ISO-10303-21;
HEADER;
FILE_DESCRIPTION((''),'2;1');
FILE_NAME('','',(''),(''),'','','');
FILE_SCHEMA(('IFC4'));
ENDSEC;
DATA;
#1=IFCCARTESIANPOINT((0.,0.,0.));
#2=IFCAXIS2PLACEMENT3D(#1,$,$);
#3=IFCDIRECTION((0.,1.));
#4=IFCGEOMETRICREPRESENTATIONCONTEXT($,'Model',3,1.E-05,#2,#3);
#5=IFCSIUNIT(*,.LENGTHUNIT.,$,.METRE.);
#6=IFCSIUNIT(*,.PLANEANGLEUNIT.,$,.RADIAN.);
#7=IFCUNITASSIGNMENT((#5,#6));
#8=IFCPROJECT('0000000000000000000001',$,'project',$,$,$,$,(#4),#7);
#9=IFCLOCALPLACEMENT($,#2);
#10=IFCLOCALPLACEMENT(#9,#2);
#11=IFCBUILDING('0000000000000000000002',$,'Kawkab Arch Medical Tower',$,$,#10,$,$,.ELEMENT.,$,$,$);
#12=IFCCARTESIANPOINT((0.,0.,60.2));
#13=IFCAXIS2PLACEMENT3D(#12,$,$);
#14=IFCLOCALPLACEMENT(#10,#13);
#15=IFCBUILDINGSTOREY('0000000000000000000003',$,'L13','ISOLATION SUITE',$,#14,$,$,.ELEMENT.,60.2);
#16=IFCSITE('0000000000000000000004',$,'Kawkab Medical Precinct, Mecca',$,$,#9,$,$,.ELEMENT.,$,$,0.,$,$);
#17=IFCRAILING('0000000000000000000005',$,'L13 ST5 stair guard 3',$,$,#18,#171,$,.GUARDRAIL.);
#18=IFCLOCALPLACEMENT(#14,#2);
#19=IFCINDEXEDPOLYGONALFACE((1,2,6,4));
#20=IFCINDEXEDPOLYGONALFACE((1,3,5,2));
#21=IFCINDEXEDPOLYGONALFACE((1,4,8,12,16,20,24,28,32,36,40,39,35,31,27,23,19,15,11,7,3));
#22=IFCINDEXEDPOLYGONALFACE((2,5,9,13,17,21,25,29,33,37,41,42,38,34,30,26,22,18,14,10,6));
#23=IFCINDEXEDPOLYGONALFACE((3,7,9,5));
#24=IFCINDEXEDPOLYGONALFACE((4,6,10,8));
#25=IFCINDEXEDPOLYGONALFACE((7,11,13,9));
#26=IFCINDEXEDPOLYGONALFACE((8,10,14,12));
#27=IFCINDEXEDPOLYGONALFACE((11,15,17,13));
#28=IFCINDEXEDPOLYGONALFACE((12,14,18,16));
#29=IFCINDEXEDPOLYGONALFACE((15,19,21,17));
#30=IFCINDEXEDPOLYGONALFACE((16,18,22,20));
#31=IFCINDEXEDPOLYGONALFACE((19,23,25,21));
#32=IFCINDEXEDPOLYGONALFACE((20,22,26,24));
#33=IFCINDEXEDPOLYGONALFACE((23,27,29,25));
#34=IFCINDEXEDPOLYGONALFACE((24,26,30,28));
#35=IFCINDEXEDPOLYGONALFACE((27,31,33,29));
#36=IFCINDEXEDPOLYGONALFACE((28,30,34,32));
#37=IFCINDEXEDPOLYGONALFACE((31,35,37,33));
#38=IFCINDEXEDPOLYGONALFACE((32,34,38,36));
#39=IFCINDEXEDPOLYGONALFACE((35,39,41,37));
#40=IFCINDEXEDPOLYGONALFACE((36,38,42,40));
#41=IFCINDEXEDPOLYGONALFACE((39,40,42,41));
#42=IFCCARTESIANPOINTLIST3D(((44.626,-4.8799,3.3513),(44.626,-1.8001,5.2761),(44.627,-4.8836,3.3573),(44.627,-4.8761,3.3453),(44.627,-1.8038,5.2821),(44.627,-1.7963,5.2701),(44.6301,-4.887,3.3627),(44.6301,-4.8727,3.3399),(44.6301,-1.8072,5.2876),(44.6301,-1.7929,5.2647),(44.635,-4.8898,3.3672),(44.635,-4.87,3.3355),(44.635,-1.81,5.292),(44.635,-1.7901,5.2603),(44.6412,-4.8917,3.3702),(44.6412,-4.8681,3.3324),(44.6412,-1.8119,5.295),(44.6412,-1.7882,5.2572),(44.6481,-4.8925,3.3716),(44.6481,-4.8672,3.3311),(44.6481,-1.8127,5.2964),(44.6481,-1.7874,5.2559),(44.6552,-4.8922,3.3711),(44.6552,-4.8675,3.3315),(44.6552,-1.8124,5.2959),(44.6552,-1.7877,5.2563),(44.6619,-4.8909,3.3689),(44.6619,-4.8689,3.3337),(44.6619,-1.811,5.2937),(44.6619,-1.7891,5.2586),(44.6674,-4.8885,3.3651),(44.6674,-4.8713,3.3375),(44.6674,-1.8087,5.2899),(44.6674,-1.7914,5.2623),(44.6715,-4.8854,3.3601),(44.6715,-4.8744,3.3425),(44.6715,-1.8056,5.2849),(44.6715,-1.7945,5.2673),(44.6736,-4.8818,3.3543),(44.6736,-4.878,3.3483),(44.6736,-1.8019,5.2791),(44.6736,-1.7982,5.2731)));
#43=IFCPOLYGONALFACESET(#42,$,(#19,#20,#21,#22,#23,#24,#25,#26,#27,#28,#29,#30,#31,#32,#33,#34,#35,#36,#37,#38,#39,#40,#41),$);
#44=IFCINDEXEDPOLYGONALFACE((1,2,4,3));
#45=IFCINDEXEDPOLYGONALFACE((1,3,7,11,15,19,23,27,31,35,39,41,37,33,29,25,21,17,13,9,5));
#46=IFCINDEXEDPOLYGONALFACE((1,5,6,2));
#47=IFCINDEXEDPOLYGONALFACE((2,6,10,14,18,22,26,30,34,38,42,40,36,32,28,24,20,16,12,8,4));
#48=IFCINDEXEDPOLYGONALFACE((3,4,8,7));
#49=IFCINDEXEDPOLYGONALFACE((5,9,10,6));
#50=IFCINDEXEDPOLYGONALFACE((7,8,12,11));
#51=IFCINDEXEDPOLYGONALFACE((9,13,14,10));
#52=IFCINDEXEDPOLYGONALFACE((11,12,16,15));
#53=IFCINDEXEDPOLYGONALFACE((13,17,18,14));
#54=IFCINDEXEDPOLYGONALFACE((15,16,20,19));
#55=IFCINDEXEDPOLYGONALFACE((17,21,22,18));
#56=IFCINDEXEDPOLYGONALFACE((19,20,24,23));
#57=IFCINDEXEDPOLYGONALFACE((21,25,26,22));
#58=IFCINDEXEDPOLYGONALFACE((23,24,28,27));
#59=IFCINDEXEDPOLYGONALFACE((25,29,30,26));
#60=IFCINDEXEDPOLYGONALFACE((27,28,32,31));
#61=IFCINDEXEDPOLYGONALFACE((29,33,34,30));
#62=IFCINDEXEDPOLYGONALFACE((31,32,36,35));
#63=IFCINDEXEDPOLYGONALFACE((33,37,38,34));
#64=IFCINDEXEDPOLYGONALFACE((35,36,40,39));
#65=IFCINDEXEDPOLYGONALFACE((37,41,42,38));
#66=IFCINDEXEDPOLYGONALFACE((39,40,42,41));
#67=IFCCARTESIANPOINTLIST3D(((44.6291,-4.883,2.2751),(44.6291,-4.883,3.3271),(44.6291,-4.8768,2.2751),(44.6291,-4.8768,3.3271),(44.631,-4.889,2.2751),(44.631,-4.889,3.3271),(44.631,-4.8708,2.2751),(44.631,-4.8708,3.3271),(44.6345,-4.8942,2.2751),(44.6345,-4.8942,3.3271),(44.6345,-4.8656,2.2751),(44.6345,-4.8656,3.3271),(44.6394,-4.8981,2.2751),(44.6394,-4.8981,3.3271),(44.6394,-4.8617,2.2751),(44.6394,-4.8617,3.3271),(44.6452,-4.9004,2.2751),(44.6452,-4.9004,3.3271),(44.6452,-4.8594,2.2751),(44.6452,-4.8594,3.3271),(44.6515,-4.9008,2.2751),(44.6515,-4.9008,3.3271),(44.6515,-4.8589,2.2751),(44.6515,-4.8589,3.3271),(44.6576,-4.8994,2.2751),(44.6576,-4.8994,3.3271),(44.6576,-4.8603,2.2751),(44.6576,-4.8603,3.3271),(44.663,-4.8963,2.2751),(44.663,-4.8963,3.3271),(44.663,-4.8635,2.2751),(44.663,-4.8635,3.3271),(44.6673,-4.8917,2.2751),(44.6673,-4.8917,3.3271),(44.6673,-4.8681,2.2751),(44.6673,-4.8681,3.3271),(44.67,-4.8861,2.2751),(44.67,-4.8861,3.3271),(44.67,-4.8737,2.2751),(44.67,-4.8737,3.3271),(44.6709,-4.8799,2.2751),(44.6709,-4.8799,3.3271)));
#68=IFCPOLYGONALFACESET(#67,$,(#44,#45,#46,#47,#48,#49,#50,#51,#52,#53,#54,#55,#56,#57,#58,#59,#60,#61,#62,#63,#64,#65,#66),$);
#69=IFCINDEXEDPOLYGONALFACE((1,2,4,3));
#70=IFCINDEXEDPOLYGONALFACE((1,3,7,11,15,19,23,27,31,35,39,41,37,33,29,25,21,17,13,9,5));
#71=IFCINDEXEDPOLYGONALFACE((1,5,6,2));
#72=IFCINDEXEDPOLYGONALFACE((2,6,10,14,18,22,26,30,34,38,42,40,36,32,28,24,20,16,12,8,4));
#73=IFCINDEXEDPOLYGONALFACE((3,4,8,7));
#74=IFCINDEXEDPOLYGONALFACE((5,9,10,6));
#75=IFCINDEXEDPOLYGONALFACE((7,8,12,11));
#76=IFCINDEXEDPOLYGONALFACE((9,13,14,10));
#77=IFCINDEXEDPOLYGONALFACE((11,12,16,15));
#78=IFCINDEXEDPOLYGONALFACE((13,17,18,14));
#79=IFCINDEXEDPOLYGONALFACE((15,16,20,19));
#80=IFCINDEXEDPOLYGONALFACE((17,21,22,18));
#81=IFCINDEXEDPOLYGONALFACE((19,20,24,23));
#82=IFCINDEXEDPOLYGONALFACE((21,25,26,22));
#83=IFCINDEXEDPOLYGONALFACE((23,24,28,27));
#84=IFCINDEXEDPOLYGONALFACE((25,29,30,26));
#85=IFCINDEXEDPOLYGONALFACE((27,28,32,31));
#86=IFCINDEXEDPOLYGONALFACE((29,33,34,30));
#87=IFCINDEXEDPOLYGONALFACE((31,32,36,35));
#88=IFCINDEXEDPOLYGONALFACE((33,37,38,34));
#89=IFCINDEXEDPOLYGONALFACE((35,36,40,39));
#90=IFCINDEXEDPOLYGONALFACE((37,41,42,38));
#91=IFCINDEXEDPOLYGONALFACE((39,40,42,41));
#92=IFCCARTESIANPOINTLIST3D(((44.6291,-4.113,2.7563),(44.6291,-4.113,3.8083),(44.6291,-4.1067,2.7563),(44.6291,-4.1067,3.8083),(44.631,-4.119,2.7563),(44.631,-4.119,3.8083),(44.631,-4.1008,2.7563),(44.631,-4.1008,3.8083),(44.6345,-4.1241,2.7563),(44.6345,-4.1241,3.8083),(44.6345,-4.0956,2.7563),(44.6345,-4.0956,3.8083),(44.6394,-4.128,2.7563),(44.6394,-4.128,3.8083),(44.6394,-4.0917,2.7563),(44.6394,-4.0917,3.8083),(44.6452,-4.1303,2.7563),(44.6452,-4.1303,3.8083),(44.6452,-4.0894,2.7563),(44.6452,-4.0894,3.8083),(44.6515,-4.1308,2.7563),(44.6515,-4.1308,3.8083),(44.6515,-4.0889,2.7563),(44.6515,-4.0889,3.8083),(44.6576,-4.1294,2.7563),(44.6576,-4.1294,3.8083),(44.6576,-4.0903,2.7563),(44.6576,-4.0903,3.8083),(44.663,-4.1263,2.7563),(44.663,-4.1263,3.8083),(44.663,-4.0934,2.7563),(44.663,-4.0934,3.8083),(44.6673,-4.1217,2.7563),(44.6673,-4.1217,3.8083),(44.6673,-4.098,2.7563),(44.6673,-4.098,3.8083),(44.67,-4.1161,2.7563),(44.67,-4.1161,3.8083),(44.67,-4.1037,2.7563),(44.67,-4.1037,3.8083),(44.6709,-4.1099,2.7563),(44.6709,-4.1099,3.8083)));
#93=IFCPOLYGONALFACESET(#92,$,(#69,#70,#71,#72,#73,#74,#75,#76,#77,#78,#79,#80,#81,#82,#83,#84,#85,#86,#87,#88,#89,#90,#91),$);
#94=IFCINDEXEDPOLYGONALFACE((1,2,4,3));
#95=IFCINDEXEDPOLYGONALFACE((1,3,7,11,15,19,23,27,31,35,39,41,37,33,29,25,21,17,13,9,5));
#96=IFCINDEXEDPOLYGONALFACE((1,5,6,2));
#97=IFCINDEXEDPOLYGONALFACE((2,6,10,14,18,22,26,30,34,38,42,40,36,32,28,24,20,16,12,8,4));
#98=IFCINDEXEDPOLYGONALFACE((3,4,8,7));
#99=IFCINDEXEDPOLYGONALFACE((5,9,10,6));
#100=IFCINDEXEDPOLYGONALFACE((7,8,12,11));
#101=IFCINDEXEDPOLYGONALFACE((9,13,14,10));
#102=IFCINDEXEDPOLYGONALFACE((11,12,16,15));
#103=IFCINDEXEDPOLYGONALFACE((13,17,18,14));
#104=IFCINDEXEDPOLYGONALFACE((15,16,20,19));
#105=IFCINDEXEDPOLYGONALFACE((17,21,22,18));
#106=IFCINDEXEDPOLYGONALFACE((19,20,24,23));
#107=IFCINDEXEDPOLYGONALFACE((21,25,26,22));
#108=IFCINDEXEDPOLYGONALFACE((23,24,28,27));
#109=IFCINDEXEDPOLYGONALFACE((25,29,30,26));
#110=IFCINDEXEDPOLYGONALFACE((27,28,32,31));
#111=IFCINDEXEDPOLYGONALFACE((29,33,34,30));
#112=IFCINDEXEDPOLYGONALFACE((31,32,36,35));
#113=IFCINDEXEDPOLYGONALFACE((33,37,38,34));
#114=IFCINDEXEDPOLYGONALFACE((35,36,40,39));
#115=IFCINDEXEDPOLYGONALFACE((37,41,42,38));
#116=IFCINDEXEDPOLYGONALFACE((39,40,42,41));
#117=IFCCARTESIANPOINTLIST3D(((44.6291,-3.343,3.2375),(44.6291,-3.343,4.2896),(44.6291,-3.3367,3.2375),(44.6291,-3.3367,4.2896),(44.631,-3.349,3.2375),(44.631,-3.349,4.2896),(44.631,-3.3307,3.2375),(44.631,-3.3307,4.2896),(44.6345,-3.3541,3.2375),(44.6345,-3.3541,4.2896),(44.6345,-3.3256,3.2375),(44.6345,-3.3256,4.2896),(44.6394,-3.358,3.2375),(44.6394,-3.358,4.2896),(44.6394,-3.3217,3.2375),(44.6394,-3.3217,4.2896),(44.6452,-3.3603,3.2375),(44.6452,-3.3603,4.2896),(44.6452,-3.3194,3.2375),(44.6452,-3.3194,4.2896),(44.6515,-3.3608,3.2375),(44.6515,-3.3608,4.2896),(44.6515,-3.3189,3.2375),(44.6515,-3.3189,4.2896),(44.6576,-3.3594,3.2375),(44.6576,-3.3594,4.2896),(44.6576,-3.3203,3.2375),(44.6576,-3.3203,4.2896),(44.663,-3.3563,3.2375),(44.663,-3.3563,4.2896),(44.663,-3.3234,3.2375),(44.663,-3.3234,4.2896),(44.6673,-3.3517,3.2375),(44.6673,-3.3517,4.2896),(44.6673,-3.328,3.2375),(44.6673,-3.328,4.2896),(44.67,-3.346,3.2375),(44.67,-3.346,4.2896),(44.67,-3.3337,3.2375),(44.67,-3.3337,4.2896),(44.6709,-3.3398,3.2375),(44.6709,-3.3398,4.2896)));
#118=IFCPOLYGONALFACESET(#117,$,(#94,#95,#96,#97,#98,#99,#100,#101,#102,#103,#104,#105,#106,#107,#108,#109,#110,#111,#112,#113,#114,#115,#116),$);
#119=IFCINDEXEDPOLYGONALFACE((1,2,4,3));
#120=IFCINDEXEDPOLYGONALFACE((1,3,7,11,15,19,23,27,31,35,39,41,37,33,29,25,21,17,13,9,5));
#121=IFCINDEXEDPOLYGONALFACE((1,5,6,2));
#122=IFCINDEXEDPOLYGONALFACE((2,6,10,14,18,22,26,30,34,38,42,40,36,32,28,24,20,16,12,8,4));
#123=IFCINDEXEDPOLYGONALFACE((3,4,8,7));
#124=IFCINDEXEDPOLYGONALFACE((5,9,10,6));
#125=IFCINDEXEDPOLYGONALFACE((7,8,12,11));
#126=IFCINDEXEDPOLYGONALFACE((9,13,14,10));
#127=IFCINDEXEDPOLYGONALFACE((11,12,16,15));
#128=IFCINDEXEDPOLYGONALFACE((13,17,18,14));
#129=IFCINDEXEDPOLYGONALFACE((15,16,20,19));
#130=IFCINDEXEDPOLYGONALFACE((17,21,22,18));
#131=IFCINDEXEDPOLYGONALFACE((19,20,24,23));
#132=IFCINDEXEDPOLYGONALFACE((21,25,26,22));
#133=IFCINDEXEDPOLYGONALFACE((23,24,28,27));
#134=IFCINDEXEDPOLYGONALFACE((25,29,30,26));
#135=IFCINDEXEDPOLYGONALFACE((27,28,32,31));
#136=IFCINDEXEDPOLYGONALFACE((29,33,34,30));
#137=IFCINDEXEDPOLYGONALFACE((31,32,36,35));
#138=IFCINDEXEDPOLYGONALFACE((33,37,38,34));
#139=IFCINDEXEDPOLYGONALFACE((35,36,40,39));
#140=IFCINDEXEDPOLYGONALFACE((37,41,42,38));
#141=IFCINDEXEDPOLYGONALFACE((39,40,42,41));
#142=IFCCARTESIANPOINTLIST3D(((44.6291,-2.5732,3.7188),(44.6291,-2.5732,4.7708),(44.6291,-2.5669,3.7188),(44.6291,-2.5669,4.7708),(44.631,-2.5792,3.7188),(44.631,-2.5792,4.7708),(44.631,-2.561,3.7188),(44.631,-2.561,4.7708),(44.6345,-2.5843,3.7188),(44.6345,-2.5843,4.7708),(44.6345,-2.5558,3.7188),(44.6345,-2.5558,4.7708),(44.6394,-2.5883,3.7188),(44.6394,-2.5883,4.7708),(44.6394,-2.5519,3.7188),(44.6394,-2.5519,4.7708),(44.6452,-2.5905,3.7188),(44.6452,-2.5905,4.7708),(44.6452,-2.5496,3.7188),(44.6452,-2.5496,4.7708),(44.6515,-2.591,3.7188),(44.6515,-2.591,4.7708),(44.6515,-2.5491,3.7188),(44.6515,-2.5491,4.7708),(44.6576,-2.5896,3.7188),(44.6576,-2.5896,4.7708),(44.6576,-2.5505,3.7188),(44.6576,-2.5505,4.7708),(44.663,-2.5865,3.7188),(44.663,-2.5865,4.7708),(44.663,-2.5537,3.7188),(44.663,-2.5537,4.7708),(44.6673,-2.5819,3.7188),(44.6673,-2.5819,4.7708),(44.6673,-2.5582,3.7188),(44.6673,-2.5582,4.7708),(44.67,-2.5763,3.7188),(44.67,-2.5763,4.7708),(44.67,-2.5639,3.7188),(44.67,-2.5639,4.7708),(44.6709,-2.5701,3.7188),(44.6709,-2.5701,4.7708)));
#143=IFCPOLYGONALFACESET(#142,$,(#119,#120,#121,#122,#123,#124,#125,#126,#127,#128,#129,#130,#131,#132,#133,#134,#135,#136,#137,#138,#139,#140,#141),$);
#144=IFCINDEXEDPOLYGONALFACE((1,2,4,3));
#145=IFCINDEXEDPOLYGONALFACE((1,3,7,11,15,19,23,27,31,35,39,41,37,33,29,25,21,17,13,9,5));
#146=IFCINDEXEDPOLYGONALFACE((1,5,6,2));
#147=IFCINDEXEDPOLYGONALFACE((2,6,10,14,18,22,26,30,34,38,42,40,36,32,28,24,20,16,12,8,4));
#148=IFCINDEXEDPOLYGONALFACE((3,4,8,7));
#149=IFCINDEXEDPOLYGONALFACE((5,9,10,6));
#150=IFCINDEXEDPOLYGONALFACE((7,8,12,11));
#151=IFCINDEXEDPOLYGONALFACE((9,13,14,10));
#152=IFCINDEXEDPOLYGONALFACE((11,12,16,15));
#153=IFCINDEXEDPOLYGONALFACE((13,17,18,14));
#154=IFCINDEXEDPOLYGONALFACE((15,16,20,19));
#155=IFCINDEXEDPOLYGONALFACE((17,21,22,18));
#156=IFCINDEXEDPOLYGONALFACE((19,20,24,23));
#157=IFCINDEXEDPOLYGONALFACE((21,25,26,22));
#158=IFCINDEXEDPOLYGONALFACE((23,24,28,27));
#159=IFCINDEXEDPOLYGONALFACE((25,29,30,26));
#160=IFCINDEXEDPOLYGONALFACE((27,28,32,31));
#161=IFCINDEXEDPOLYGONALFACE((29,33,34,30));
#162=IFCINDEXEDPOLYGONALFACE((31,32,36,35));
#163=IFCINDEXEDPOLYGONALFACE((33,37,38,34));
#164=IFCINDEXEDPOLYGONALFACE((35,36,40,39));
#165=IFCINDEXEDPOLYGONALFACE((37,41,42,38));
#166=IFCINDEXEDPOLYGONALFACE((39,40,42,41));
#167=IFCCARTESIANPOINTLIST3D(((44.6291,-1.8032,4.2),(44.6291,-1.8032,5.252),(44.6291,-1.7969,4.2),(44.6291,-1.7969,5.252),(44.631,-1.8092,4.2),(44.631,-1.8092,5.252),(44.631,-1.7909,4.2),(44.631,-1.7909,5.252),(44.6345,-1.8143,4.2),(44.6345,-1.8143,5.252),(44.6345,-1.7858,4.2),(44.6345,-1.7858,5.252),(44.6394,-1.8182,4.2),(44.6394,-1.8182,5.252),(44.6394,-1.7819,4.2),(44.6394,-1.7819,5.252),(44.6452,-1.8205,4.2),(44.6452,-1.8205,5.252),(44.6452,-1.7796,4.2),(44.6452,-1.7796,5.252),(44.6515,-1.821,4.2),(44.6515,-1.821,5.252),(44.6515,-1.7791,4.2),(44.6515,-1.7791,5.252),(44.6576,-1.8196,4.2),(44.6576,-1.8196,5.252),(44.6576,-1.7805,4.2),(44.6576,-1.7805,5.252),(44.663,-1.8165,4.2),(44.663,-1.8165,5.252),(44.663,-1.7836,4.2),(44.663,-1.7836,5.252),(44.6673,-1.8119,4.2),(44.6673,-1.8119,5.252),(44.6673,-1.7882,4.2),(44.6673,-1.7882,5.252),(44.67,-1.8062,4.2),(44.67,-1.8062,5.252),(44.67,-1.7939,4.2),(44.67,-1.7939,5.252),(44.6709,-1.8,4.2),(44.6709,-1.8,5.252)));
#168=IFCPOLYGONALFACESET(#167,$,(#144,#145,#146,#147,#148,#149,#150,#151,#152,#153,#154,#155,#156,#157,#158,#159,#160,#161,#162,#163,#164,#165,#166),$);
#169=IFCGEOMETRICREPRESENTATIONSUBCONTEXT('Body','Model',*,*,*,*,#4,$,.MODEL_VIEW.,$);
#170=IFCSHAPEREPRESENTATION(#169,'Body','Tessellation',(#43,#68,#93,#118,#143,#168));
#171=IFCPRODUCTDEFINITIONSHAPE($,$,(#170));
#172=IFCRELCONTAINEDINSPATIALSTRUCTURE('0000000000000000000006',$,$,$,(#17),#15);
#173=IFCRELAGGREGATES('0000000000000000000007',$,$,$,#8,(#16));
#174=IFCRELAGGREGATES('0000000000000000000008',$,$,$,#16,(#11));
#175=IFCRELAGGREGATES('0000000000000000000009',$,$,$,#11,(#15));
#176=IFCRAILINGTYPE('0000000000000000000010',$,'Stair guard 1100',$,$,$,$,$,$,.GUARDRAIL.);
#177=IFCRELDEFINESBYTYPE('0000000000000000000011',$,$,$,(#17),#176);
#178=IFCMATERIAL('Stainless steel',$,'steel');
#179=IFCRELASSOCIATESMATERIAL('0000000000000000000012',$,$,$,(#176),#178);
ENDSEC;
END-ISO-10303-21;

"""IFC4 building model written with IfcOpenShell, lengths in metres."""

from ifc_helpers import new_model, si_unit, direction, frame, origin, origin_2d, place, context, subcontext, project, spatial, circle, extrude, material, type_object, element, save


model = new_model("IFC4")

# Units and contexts
model_context = context("Model", 3, precision=1e-05, world=origin(), true_north=direction((0.0, 1.0)))
body_context = subcontext(model_context, "Body", "Model", "MODEL_VIEW")
ifc_project = project(units=[si_unit("LENGTHUNIT", "METRE"), si_unit("PLANEANGLEUNIT", "RADIAN")], contexts=[model_context])

# Site, building, storey
site_placement = place(None, origin())
site = spatial("IfcSite", under=ifc_project, at=site_placement, Name="Kawkab Medical Precinct, Mecca", CompositionType="ELEMENT", RefElevation=0.0)
building_placement = place(site_placement, origin())
building = spatial("IfcBuilding", under=site, at=building_placement, Name="Kawkab Arch Medical Tower", CompositionType="ELEMENT")
storey_placement = place(building_placement, frame((0.0, 0.0, 60.2)))
storey = spatial("IfcBuildingStorey", under=building, at=storey_placement, Name="L13", Description="ISOLATION SUITE", CompositionType="ELEMENT", Elevation=60.2)

# Railing
ifc_material_1 = material(Name="Stainless steel", Category="steel")
railing_type = type_object("IfcRailingType", Name="Stair guard 1100", PredefinedType="GUARDRAIL", material=ifc_material_1)
railing_1_placement = place(storey_placement, frame((44.6499, -4.8799, 2.2751)))
element("IfcRailing", 1, at=railing_1_placement, inside=storey, type_object=railing_type, Name="L13 ST5 stair guard 3", PredefinedType="GUARDRAIL", context=body_context, shape_type="SweptSolid", body=[
    extrude(circle(Radius=0.0239, at=origin_2d()), frame((0.0, 0.0, 1.0762), z_axis=(0.0, 0.84801, 0.529981), x_axis=(-1.0, 0.0, 0.0)), (0.0, 0.0, 1.0), 3.6318),
    extrude(circle(Radius=0.021, at=origin_2d()), origin(), (0.0, 0.0, 1.0), 1.052),
    extrude(circle(Radius=0.021, at=origin_2d()), frame((0.0, 0.77, 0.4812)), (0.0, 0.0, 1.0), 1.052),
    extrude(circle(Radius=0.021, at=origin_2d()), frame((0.0, 1.54, 0.9624)), (0.0, 0.0, 1.0), 1.052),
    extrude(circle(Radius=0.021, at=origin_2d()), frame((0.0, 2.3098, 1.4436)), (0.0, 0.0, 1.0), 1.052),
    extrude(circle(Radius=0.021, at=origin_2d()), frame((0.0, 3.0798, 1.9248)), (0.0, 0.0, 1.0), 1.052),
])

save(model, "model.ifc")
